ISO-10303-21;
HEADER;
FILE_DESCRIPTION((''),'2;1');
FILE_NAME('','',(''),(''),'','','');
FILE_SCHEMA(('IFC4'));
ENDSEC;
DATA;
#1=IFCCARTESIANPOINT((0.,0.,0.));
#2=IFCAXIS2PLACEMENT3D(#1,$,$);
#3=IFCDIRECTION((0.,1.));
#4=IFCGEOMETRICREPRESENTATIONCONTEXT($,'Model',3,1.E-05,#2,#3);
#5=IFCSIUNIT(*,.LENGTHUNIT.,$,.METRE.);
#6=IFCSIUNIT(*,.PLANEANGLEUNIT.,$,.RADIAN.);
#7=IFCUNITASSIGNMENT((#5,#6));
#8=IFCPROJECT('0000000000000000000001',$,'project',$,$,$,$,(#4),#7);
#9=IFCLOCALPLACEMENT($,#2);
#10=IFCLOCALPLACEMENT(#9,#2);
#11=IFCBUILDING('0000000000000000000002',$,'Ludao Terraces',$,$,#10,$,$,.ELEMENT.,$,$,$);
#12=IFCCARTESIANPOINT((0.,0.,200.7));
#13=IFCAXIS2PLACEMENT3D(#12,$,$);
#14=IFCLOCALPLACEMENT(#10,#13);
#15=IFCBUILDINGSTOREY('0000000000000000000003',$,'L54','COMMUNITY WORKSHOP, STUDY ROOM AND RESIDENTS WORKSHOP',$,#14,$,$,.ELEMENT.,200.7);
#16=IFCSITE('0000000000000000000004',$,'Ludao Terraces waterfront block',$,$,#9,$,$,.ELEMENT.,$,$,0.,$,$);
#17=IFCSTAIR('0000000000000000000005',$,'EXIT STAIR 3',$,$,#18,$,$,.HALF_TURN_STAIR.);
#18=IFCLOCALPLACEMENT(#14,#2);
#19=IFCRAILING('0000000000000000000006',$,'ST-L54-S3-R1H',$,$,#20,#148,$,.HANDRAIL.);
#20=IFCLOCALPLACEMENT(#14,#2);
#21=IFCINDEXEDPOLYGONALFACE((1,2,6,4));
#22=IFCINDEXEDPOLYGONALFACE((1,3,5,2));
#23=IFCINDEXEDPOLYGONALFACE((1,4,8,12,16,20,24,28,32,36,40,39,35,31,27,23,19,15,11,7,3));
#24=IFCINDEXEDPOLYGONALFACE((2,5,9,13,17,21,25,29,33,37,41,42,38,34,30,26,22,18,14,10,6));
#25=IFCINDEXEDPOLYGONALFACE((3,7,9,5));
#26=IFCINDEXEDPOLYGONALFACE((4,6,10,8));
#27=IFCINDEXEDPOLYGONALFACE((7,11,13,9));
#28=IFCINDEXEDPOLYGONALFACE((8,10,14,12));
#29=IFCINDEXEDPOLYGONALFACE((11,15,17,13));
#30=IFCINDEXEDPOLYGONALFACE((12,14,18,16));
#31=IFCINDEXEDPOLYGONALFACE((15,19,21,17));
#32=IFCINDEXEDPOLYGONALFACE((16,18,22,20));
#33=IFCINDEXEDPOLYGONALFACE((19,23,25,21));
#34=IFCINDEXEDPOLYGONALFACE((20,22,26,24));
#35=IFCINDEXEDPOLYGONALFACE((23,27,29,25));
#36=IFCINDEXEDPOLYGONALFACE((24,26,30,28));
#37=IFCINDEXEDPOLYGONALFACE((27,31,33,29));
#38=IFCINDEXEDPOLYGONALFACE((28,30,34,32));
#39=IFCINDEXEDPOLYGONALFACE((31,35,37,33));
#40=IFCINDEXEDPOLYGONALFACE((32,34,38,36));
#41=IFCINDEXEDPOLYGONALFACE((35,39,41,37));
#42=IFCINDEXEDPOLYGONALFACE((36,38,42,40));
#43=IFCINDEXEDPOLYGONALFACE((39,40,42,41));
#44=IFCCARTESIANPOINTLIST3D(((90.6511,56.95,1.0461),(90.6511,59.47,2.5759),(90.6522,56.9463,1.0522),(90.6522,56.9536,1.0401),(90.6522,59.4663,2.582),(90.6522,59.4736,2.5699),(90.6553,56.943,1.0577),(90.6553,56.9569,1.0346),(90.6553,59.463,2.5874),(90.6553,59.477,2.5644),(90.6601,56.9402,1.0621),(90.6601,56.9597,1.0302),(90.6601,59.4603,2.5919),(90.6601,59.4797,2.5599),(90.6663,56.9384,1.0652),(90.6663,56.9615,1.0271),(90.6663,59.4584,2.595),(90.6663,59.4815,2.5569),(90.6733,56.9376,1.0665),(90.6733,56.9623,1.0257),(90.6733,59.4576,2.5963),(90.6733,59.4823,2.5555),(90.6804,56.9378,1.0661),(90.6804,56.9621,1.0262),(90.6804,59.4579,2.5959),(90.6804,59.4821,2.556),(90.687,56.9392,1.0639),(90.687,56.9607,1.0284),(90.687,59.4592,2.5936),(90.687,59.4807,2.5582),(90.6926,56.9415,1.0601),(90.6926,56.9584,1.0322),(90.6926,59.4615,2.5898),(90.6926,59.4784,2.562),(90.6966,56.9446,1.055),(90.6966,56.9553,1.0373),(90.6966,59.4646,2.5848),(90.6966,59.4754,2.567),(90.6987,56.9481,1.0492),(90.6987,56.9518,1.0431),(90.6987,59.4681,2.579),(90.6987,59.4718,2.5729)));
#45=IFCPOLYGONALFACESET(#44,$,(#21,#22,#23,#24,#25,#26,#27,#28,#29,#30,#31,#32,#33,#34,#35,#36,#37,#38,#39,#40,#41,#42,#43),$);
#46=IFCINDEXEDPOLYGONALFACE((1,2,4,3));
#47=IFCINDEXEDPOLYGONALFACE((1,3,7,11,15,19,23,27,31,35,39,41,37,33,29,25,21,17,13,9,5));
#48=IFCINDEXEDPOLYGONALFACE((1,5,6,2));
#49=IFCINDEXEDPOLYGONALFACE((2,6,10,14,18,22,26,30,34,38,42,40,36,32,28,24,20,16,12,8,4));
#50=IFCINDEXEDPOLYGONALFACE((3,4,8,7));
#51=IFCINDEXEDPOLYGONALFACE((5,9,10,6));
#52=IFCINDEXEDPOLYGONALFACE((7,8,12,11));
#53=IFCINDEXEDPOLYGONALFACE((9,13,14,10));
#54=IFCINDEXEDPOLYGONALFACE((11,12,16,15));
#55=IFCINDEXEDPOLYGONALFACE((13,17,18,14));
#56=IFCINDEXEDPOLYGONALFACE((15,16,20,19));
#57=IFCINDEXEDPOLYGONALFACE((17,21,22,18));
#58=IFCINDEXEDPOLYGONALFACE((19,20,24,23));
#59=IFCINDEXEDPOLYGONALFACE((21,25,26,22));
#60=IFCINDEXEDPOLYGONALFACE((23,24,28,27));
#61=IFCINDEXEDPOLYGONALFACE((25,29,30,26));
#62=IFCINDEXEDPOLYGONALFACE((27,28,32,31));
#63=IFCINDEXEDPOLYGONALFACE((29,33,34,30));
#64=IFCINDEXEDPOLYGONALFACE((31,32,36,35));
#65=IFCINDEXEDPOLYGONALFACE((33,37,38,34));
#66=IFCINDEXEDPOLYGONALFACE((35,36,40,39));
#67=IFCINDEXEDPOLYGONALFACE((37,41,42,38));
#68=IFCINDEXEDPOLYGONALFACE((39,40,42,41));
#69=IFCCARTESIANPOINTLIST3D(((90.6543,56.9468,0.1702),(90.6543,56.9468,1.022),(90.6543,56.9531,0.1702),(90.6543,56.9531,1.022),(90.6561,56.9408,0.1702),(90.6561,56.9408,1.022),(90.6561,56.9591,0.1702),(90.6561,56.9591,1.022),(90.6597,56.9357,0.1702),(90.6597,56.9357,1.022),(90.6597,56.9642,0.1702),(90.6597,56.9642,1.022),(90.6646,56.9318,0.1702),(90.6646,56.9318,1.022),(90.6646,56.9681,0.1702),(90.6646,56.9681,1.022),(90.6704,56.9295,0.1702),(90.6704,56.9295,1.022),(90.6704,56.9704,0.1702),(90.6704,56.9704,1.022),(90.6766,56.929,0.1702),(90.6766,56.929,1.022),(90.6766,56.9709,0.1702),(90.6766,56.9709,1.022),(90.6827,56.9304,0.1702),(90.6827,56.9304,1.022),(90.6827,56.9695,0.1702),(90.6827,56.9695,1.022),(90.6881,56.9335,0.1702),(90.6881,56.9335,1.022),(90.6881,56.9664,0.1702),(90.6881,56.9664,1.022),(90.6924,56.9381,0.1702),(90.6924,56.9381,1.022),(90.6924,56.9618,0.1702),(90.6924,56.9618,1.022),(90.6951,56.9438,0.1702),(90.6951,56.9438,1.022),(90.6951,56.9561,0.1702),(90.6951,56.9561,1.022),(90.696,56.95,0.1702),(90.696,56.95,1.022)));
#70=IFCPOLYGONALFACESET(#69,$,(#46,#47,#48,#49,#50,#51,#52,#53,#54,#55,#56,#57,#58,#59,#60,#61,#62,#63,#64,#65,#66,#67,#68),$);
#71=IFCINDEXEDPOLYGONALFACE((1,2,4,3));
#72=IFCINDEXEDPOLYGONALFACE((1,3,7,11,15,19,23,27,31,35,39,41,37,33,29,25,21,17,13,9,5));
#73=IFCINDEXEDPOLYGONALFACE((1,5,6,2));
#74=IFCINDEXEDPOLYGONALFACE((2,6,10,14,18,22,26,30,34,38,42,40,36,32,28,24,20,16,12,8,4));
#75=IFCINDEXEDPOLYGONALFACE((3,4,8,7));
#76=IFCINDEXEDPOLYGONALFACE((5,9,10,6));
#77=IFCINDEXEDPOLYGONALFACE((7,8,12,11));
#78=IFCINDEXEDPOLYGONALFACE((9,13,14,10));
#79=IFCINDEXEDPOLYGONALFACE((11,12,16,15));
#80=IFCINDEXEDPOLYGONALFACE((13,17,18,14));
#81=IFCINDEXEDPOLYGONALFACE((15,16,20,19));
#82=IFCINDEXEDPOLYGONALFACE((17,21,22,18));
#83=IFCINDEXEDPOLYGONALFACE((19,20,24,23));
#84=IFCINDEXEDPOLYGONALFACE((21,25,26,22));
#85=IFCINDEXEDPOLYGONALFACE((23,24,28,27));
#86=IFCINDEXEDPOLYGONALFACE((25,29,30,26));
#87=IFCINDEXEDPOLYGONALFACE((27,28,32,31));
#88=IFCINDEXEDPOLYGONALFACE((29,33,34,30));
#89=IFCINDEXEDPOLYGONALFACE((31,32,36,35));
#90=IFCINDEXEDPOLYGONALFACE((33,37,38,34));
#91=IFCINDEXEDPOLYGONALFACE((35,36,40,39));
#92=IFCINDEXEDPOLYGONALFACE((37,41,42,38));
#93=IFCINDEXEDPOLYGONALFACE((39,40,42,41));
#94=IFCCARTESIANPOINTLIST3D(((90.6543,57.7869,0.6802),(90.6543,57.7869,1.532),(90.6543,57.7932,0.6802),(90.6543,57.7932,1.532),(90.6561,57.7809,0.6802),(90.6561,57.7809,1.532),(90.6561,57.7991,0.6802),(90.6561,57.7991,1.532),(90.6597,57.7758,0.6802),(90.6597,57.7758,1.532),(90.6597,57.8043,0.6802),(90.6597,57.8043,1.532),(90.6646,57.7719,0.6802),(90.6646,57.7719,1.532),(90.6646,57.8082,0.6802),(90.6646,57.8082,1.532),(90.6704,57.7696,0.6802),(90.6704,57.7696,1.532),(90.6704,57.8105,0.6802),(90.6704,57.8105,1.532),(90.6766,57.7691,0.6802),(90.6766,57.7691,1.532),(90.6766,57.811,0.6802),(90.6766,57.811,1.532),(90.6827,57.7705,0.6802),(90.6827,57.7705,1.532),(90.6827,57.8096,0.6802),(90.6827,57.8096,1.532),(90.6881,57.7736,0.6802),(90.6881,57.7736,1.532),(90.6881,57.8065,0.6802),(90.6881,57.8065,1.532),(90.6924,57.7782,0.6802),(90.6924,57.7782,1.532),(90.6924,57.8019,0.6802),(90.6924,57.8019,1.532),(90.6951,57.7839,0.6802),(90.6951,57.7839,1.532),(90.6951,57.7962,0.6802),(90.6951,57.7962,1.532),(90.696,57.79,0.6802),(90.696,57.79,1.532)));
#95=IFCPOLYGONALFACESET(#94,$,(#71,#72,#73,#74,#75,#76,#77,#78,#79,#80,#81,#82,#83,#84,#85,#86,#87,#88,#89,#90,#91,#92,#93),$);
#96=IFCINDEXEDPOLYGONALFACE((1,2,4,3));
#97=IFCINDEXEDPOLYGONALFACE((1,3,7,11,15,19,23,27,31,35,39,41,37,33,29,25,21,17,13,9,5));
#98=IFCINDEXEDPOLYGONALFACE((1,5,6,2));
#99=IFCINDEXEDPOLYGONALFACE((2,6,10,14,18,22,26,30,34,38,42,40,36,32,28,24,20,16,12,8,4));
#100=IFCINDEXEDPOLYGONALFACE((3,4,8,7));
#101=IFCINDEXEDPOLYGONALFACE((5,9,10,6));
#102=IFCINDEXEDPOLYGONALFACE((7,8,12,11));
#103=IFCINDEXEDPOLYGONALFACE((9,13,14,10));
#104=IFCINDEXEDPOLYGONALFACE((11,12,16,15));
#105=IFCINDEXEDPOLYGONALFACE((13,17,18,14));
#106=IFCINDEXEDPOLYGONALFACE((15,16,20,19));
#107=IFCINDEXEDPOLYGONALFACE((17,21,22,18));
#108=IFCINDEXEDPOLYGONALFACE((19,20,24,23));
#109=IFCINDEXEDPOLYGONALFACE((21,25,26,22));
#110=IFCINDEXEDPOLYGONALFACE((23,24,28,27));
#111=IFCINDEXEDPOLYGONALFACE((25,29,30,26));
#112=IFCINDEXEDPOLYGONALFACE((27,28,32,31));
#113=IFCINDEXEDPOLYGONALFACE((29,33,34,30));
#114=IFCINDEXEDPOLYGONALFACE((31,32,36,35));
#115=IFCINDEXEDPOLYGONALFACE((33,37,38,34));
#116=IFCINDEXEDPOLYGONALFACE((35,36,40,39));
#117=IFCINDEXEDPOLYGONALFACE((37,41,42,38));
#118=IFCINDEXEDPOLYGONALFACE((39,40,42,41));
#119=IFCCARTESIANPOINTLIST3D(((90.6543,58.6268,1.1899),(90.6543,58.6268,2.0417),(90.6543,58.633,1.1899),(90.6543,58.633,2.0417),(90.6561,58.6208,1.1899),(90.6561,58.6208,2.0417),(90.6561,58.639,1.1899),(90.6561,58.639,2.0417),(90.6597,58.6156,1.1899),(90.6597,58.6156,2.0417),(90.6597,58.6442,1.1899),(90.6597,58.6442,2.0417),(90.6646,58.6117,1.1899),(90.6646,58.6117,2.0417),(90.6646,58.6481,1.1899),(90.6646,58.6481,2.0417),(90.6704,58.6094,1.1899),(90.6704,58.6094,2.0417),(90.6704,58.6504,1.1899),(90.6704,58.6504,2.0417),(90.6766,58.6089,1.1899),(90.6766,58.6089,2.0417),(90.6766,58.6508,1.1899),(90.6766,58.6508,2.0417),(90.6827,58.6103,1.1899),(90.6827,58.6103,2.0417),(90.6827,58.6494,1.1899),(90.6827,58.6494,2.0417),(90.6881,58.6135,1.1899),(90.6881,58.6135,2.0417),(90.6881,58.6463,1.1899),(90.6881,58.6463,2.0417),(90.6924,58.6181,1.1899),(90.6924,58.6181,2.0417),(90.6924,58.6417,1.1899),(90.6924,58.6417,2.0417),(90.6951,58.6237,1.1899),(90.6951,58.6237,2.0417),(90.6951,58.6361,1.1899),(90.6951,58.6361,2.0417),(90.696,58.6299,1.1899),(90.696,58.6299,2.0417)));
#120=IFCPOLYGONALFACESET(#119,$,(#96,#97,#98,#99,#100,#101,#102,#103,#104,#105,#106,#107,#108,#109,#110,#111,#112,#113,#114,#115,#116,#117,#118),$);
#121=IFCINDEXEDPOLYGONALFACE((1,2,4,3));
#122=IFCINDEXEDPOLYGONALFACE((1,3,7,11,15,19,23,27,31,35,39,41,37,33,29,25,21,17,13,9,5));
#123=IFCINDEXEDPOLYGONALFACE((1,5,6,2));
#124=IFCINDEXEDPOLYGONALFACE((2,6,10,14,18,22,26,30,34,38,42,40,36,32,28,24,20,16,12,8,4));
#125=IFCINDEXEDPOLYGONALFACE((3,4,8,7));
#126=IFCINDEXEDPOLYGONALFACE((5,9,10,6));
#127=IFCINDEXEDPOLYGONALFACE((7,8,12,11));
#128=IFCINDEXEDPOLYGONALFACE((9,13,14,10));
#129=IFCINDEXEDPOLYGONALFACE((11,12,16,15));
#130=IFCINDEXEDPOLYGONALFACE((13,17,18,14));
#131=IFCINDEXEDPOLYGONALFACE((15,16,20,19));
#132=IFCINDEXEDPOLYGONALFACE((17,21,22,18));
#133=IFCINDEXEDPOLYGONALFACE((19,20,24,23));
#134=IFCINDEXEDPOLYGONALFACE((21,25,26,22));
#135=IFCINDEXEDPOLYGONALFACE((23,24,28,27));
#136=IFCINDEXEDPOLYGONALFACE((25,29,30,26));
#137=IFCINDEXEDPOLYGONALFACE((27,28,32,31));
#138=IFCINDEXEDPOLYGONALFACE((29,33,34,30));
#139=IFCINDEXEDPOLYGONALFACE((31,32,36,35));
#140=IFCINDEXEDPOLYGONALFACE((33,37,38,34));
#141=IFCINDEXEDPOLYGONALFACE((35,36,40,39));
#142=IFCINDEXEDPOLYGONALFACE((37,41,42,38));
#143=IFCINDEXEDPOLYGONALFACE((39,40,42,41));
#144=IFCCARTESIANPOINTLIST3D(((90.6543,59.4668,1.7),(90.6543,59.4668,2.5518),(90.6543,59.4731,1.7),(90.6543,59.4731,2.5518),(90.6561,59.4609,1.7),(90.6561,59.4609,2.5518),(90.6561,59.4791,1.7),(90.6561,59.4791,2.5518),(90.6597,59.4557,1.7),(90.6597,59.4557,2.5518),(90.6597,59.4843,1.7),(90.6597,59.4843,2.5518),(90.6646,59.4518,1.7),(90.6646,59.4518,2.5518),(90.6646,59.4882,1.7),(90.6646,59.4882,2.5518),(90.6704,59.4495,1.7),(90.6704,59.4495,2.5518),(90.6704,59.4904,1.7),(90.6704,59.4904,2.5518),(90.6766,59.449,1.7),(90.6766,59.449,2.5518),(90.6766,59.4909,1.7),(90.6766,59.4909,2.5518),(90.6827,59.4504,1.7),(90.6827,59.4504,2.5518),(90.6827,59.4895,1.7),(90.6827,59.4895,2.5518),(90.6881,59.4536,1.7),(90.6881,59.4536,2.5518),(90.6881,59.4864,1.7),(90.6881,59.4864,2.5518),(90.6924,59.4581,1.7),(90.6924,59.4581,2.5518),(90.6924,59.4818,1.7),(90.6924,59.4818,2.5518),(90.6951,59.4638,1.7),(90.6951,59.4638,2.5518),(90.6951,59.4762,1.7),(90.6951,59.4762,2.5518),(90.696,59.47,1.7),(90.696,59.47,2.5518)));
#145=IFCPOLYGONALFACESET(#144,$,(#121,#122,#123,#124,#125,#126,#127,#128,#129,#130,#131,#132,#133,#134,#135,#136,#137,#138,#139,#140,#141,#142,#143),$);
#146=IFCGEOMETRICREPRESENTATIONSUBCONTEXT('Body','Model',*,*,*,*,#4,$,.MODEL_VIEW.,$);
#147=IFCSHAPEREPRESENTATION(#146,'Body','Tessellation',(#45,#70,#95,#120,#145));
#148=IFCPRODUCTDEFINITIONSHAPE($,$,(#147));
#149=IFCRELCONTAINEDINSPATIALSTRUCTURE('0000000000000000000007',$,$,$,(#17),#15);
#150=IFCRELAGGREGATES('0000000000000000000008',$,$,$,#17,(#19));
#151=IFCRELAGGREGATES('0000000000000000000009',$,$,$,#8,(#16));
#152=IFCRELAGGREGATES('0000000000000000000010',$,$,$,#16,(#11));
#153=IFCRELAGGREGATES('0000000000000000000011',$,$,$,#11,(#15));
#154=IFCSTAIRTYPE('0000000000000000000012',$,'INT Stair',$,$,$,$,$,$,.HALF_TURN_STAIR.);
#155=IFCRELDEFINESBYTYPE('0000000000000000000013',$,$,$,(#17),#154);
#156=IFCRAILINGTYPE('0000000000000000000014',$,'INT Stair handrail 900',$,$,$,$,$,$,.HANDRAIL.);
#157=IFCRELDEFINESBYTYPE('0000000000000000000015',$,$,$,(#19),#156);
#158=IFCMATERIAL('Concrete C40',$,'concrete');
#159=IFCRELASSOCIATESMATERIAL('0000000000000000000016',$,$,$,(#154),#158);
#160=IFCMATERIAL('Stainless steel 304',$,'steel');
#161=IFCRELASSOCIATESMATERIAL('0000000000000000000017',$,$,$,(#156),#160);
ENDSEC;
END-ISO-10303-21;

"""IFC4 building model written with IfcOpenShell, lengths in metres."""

from ifc_helpers import new_model, si_unit, direction, frame, origin, origin_2d, place, context, subcontext, project, spatial, circle, extrude, material, type_object, element, aggregate, save


model = new_model("IFC4")

# Units and contexts
model_context = context("Model", 3, precision=1e-05, world=origin(), true_north=direction((0.0, 1.0)))
body_context = subcontext(model_context, "Body", "Model", "MODEL_VIEW")
ifc_project = project(units=[si_unit("LENGTHUNIT", "METRE"), si_unit("PLANEANGLEUNIT", "RADIAN")], contexts=[model_context])

# Site, building, storey
site_placement = place(None, origin())
site = spatial("IfcSite", under=ifc_project, at=site_placement, Name="Ludao Terraces waterfront block", CompositionType="ELEMENT", RefElevation=0.0)
building_placement = place(site_placement, origin())
building = spatial("IfcBuilding", under=site, at=building_placement, Name="Ludao Terraces", CompositionType="ELEMENT")
storey_placement = place(building_placement, frame((0.0, 0.0, 200.7)))
storey = spatial("IfcBuildingStorey", under=building, at=storey_placement, Name="L54", Description="COMMUNITY WORKSHOP, STUDY ROOM AND RESIDENTS WORKSHOP", CompositionType="ELEMENT", Elevation=200.7)

# Shared definitions
ifc_material_1 = material(Name="Concrete C40", Category="concrete")

# Stair, railing
stair_type = type_object("IfcStairType", Name="INT Stair", PredefinedType="HALF_TURN_STAIR", material=ifc_material_1)
stair_placement = place(storey_placement, origin())
stair = element("IfcStair", 1, at=stair_placement, inside=storey, type_object=stair_type, Name="EXIT STAIR 3", PredefinedType="HALF_TURN_STAIR")
ifc_material_2 = material(Name="Stainless steel 304", Category="steel")
railing_type_1 = type_object("IfcRailingType", Name="INT Stair handrail 900", PredefinedType="HANDRAIL", material=ifc_material_2)
railing_1_placement = place(storey_placement, frame((90.675, 56.95, 0.1702)))
railing_1 = element("IfcRailing", 2, at=railing_1_placement, type_object=railing_type_1, Name="ST-L54-S3-R1H", PredefinedType="HANDRAIL", context=body_context, shape_type="SweptSolid", body=[
    extrude(circle(Radius=0.0239, at=origin_2d()), frame((0.0, 0.0, 0.876), z_axis=(0.0, 0.854822, 0.518922), x_axis=(-1.0, 0.0, 0.0)), (0.0, 0.0, 1.0), 2.948),
    extrude(circle(Radius=0.021, at=origin_2d()), origin(), (0.0, 0.0, 1.0), 0.8518),
    extrude(circle(Radius=0.021, at=origin_2d()), frame((0.0, 0.8401, 0.51)), (0.0, 0.0, 1.0), 0.8518),
    extrude(circle(Radius=0.021, at=origin_2d()), frame((0.0, 1.6799, 1.0198)), (0.0, 0.0, 1.0), 0.8518),
    extrude(circle(Radius=0.021, at=origin_2d()), frame((0.0, 2.52, 1.5298)), (0.0, 0.0, 1.0), 0.8518),
])
aggregate(stair, [railing_1])

save(model, "model.ifc")
